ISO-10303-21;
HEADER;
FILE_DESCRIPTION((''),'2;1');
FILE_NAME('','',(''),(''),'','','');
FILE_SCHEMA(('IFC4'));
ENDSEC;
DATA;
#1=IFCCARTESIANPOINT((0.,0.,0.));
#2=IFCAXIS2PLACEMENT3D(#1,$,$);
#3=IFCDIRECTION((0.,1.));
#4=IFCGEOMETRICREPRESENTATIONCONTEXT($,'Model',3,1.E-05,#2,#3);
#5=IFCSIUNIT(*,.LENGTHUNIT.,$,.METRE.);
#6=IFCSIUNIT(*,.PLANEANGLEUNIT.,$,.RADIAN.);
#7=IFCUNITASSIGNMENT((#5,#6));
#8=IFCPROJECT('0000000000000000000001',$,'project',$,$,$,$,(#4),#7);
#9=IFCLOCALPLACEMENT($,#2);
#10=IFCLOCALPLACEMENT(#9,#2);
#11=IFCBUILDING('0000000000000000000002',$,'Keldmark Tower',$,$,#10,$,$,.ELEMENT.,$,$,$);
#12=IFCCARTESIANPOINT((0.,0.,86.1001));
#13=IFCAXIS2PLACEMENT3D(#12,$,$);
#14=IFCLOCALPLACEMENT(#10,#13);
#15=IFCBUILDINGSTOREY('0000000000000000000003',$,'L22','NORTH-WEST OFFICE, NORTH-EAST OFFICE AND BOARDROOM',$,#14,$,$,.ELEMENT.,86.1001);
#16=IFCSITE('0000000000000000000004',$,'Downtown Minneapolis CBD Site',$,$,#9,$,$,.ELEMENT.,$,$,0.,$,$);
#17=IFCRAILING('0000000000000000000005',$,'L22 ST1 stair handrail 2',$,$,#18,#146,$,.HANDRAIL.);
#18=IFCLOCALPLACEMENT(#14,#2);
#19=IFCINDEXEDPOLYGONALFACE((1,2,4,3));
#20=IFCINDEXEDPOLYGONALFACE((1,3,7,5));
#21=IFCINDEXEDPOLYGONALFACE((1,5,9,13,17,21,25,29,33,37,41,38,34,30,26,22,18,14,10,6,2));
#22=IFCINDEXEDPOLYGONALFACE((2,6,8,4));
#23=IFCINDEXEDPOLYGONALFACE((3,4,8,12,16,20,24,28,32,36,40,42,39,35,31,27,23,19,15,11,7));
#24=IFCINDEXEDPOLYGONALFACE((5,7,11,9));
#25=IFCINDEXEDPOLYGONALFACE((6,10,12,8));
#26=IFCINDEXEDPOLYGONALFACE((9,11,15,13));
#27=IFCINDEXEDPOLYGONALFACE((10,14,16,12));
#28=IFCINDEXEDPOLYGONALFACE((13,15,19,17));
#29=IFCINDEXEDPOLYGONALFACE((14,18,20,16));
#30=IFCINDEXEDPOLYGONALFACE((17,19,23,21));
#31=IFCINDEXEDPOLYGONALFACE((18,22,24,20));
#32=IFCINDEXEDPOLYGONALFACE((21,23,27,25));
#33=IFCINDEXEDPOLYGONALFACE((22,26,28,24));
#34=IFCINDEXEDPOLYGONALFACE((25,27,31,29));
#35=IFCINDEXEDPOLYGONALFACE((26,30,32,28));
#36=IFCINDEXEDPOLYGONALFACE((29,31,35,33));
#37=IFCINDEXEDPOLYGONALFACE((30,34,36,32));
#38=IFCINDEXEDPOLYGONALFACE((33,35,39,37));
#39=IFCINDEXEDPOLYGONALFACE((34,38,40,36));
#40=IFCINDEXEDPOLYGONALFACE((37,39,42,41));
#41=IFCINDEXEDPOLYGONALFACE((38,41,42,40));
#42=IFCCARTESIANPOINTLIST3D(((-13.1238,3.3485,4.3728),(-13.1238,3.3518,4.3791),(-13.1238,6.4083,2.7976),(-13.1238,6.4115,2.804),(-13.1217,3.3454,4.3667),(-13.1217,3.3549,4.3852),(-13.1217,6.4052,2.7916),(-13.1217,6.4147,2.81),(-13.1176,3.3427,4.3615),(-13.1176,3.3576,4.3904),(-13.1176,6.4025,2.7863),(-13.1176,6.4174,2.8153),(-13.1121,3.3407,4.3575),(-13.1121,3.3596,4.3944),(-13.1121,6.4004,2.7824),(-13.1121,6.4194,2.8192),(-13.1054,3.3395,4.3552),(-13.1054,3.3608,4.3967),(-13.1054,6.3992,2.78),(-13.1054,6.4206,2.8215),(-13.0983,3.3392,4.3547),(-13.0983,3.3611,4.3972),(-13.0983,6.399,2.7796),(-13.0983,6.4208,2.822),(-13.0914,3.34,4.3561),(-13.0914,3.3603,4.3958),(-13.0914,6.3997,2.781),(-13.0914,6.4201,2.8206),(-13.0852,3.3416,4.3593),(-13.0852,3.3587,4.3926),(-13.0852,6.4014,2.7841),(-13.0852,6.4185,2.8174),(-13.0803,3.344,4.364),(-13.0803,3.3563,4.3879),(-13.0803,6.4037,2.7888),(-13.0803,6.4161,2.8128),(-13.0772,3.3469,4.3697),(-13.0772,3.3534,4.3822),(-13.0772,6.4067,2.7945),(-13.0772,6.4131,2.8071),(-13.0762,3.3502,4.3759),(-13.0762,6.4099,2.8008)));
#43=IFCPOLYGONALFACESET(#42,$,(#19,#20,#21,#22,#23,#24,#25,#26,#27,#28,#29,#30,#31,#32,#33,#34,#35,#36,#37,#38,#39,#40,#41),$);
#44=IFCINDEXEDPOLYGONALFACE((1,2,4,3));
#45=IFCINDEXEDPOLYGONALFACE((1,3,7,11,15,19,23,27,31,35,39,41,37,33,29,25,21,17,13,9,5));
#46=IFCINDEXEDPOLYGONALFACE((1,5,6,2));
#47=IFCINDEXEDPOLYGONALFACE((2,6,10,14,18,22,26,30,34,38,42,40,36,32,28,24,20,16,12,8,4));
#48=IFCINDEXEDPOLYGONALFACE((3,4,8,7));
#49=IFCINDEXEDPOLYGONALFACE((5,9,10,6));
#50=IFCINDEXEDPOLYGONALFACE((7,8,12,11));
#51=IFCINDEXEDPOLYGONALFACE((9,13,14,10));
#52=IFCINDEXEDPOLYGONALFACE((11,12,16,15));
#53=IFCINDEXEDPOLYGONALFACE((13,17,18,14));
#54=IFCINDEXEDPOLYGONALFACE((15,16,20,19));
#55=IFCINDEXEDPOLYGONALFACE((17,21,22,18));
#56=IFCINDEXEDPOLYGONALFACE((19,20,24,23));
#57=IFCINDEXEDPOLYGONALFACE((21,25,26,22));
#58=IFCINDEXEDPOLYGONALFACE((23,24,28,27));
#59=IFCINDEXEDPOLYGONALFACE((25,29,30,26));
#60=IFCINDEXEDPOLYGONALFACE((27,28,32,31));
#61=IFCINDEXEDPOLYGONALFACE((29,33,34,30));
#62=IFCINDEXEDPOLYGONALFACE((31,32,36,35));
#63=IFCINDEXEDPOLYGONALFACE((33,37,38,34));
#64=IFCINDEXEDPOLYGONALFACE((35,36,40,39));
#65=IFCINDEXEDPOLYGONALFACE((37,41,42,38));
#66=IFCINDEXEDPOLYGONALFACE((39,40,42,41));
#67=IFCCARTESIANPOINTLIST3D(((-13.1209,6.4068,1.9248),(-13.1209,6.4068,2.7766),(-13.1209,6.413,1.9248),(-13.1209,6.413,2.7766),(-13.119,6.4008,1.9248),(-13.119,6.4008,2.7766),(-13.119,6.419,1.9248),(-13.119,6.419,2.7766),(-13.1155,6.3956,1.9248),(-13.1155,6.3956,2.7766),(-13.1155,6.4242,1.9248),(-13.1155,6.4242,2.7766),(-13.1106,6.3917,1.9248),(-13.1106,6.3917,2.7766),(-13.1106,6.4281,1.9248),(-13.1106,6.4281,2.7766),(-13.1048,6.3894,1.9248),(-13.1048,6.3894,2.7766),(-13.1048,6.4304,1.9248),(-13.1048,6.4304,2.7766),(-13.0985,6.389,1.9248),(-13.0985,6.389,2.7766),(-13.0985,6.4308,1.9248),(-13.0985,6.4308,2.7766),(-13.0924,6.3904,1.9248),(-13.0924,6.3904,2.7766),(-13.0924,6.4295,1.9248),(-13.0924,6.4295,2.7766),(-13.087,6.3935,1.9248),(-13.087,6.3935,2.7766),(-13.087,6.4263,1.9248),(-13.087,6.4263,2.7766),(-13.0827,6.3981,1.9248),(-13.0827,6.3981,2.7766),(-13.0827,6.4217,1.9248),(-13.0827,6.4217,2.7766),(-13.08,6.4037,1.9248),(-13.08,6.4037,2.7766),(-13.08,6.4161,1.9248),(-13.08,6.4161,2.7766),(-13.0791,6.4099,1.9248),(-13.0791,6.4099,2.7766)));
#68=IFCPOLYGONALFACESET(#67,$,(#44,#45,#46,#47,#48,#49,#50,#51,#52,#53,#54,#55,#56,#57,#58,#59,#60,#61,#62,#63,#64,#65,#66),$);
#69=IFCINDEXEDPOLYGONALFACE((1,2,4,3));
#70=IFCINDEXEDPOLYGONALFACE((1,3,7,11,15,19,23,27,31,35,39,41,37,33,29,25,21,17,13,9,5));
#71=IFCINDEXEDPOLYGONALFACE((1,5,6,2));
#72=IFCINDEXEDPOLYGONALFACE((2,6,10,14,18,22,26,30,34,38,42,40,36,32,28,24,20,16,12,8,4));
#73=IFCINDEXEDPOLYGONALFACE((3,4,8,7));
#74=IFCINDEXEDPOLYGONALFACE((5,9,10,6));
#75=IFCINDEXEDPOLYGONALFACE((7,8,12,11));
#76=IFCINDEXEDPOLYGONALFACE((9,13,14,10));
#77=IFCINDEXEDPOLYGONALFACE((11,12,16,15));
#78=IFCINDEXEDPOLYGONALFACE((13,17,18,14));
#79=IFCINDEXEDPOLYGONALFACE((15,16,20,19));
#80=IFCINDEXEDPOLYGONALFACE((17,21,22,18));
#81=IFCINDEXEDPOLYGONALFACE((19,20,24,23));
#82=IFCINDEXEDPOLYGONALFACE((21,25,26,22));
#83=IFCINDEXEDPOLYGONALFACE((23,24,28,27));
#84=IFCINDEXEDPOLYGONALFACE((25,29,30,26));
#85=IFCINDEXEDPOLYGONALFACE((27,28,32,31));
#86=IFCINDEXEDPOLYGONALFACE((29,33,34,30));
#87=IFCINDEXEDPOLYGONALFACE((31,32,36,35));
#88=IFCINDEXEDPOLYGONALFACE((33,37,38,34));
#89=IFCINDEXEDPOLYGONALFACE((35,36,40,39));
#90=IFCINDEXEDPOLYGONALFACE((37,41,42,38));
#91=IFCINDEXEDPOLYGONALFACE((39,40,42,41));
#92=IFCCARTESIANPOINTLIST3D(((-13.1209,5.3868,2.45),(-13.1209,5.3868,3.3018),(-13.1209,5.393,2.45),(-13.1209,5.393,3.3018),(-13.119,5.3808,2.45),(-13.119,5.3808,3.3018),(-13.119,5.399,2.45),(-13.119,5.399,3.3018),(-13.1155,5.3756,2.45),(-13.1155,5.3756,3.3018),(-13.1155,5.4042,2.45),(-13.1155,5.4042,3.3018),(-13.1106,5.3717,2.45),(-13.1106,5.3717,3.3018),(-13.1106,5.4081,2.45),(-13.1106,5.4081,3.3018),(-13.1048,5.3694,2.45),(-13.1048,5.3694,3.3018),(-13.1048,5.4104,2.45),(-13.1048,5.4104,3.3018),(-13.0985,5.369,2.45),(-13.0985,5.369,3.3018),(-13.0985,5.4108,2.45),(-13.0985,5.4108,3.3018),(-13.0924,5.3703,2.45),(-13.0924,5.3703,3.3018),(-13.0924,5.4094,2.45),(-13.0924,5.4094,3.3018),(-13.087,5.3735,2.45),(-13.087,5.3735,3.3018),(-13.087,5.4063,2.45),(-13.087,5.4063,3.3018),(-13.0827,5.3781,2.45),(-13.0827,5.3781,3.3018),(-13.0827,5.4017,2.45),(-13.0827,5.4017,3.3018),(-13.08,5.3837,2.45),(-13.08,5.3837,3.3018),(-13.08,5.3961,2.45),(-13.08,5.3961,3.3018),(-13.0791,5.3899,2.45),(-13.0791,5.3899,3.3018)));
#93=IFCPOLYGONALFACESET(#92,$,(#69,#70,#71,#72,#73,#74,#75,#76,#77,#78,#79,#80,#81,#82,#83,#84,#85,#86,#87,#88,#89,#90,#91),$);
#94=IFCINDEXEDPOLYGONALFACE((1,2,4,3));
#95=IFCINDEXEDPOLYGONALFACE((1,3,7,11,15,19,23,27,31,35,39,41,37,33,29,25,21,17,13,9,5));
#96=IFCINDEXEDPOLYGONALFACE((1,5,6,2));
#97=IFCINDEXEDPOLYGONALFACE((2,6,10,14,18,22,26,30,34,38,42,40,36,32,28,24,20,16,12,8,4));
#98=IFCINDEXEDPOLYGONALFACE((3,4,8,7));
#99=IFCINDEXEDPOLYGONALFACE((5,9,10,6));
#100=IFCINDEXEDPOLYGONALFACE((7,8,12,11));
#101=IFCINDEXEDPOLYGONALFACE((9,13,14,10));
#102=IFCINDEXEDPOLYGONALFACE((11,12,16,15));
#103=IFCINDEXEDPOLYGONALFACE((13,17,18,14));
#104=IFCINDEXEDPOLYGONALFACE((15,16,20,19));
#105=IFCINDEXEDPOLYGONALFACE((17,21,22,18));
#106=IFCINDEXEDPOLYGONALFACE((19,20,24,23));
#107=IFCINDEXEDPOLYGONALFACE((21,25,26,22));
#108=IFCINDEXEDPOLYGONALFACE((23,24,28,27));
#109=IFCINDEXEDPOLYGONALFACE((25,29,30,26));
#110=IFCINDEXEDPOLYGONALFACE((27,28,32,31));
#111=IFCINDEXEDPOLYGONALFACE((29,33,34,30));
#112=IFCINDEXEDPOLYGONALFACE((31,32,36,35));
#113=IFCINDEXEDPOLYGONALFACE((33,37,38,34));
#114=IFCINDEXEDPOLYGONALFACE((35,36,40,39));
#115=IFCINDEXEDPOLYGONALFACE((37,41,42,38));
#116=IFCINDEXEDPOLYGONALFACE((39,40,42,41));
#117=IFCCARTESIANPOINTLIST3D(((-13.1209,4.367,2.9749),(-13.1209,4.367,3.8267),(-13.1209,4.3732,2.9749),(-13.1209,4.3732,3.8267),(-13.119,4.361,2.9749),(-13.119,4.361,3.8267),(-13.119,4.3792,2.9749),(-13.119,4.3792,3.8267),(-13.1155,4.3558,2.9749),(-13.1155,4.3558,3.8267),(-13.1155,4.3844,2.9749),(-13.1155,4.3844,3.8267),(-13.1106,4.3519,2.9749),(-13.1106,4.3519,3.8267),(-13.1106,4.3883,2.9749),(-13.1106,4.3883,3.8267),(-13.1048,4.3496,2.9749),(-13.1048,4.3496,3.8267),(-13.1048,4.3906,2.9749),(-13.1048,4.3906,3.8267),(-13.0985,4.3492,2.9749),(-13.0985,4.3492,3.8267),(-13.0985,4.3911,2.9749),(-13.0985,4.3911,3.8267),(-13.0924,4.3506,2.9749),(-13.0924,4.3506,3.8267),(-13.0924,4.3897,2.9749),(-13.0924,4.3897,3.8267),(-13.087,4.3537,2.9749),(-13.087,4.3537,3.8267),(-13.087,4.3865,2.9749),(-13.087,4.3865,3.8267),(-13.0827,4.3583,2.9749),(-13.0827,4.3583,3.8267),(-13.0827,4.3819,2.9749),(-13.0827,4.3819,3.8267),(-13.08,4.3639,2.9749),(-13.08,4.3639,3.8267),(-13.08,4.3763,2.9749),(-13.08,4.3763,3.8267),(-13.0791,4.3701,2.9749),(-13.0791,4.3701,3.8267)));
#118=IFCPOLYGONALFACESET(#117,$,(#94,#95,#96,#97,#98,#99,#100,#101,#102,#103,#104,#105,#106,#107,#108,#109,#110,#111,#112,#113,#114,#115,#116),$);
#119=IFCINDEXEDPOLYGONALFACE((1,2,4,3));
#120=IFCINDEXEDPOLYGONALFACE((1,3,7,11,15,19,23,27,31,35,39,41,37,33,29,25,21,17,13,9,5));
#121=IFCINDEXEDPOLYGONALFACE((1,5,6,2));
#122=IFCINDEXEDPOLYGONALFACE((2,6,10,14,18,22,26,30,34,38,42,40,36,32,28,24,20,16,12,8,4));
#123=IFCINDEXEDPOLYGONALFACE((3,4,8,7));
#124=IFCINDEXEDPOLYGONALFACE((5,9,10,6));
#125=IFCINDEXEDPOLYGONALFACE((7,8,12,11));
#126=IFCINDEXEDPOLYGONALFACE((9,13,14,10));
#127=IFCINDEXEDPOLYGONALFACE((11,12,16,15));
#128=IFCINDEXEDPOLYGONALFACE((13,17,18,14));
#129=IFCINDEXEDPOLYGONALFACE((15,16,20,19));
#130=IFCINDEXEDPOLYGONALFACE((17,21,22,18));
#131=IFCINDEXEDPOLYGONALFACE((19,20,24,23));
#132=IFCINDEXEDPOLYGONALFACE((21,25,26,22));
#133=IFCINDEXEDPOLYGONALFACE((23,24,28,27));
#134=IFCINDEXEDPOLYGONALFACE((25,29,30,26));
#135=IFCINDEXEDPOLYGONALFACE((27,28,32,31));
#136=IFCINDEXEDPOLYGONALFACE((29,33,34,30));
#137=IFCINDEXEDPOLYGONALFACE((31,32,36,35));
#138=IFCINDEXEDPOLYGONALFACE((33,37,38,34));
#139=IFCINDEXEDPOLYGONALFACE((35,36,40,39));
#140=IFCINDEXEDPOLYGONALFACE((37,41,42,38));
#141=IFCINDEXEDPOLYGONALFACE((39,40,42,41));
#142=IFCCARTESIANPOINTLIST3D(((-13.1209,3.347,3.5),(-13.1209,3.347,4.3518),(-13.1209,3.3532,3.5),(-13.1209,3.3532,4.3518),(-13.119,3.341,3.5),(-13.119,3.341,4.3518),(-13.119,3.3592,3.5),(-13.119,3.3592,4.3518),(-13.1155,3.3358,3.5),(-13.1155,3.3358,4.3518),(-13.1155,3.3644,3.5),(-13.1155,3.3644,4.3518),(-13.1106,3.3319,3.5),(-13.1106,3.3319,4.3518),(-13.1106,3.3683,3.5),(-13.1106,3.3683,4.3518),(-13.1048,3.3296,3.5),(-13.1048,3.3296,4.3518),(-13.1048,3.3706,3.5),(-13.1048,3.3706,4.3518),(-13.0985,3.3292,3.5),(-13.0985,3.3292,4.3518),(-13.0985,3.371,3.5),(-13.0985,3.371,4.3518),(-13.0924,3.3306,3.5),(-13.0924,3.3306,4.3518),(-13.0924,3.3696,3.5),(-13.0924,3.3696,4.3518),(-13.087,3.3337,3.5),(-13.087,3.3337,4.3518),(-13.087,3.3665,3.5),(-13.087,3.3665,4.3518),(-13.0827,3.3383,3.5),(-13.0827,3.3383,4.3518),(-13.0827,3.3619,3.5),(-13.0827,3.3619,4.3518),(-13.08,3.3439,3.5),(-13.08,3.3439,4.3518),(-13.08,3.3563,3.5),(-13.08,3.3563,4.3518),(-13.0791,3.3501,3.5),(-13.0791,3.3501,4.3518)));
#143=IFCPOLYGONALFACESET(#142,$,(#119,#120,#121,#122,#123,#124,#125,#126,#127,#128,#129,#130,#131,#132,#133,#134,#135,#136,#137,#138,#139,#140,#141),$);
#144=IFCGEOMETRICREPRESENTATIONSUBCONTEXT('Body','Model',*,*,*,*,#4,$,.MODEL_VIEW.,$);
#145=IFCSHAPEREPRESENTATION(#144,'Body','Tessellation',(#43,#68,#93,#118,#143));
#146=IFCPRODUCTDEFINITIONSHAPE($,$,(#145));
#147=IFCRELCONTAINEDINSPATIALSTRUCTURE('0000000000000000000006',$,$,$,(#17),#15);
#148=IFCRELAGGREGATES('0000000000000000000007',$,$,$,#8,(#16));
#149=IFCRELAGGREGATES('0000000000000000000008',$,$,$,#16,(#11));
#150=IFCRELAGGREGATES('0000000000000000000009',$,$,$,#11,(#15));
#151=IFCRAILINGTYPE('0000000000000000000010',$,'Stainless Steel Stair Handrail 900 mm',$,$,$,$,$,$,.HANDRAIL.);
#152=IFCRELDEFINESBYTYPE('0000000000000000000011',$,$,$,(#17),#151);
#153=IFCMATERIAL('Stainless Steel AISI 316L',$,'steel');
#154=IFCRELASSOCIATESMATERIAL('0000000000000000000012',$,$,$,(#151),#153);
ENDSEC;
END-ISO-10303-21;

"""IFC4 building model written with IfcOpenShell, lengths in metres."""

from ifc_helpers import new_model, si_unit, direction, frame, origin, origin_2d, place, context, subcontext, project, spatial, circle, extrude, material, type_object, element, save


model = new_model("IFC4")

# Units and contexts
model_context = context("Model", 3, precision=1e-05, world=origin(), true_north=direction((0.0, 1.0)))
body_context = subcontext(model_context, "Body", "Model", "MODEL_VIEW")
ifc_project = project(units=[si_unit("LENGTHUNIT", "METRE"), si_unit("PLANEANGLEUNIT", "RADIAN")], contexts=[model_context])

# Site, building, storey
site_placement = place(None, origin())
site = spatial("IfcSite", under=ifc_project, at=site_placement, Name="Downtown Minneapolis CBD Site", CompositionType="ELEMENT", RefElevation=0.0)
building_placement = place(site_placement, origin())
building = spatial("IfcBuilding", under=site, at=building_placement, Name="Keldmark Tower", CompositionType="ELEMENT")
storey_placement = place(building_placement, frame((0.0, 0.0, 86.1001)))
storey = spatial("IfcBuildingStorey", under=building, at=storey_placement, Name="L22", Description="NORTH-WEST OFFICE, NORTH-EAST OFFICE AND BOARDROOM", CompositionType="ELEMENT", Elevation=86.1001)

# Railing
ifc_material_1 = material(Name="Stainless Steel AISI 316L", Category="steel")
railing_type_1 = type_object("IfcRailingType", Name="Stainless Steel Stair Handrail 900 mm", PredefinedType="HANDRAIL", material=ifc_material_1)
railing_1_placement = place(storey_placement, frame((-13.1001, 6.4099, 1.9248)))
element("IfcRailing", 1, at=railing_1_placement, inside=storey, type_object=railing_type_1, Name="L22 ST1 stair handrail 2", PredefinedType="HANDRAIL", context=body_context, shape_type="SweptSolid", body=[
    extrude(circle(Radius=0.0239, at=origin_2d()), frame((0.0, 0.0, 0.876), z_axis=(0.0, -0.889101, 0.45771), x_axis=(1.0, 0.0, 0.0)), (0.0, 0.0, 1.0), 3.4414),
    extrude(circle(Radius=0.021, at=origin_2d()), origin(), (0.0, 0.0, 1.0), 0.8518),
    extrude(circle(Radius=0.021, at=origin_2d()), frame((0.0, -1.02, 0.5251)), (0.0, 0.0, 1.0), 0.8518),
    extrude(circle(Radius=0.021, at=origin_2d()), frame((0.0, -2.0398, 1.05)), (0.0, 0.0, 1.0), 0.8518),
    extrude(circle(Radius=0.021, at=origin_2d()), frame((0.0, -3.0598, 1.5752)), (0.0, 0.0, 1.0), 0.8518),
])

save(model, "model.ifc")
